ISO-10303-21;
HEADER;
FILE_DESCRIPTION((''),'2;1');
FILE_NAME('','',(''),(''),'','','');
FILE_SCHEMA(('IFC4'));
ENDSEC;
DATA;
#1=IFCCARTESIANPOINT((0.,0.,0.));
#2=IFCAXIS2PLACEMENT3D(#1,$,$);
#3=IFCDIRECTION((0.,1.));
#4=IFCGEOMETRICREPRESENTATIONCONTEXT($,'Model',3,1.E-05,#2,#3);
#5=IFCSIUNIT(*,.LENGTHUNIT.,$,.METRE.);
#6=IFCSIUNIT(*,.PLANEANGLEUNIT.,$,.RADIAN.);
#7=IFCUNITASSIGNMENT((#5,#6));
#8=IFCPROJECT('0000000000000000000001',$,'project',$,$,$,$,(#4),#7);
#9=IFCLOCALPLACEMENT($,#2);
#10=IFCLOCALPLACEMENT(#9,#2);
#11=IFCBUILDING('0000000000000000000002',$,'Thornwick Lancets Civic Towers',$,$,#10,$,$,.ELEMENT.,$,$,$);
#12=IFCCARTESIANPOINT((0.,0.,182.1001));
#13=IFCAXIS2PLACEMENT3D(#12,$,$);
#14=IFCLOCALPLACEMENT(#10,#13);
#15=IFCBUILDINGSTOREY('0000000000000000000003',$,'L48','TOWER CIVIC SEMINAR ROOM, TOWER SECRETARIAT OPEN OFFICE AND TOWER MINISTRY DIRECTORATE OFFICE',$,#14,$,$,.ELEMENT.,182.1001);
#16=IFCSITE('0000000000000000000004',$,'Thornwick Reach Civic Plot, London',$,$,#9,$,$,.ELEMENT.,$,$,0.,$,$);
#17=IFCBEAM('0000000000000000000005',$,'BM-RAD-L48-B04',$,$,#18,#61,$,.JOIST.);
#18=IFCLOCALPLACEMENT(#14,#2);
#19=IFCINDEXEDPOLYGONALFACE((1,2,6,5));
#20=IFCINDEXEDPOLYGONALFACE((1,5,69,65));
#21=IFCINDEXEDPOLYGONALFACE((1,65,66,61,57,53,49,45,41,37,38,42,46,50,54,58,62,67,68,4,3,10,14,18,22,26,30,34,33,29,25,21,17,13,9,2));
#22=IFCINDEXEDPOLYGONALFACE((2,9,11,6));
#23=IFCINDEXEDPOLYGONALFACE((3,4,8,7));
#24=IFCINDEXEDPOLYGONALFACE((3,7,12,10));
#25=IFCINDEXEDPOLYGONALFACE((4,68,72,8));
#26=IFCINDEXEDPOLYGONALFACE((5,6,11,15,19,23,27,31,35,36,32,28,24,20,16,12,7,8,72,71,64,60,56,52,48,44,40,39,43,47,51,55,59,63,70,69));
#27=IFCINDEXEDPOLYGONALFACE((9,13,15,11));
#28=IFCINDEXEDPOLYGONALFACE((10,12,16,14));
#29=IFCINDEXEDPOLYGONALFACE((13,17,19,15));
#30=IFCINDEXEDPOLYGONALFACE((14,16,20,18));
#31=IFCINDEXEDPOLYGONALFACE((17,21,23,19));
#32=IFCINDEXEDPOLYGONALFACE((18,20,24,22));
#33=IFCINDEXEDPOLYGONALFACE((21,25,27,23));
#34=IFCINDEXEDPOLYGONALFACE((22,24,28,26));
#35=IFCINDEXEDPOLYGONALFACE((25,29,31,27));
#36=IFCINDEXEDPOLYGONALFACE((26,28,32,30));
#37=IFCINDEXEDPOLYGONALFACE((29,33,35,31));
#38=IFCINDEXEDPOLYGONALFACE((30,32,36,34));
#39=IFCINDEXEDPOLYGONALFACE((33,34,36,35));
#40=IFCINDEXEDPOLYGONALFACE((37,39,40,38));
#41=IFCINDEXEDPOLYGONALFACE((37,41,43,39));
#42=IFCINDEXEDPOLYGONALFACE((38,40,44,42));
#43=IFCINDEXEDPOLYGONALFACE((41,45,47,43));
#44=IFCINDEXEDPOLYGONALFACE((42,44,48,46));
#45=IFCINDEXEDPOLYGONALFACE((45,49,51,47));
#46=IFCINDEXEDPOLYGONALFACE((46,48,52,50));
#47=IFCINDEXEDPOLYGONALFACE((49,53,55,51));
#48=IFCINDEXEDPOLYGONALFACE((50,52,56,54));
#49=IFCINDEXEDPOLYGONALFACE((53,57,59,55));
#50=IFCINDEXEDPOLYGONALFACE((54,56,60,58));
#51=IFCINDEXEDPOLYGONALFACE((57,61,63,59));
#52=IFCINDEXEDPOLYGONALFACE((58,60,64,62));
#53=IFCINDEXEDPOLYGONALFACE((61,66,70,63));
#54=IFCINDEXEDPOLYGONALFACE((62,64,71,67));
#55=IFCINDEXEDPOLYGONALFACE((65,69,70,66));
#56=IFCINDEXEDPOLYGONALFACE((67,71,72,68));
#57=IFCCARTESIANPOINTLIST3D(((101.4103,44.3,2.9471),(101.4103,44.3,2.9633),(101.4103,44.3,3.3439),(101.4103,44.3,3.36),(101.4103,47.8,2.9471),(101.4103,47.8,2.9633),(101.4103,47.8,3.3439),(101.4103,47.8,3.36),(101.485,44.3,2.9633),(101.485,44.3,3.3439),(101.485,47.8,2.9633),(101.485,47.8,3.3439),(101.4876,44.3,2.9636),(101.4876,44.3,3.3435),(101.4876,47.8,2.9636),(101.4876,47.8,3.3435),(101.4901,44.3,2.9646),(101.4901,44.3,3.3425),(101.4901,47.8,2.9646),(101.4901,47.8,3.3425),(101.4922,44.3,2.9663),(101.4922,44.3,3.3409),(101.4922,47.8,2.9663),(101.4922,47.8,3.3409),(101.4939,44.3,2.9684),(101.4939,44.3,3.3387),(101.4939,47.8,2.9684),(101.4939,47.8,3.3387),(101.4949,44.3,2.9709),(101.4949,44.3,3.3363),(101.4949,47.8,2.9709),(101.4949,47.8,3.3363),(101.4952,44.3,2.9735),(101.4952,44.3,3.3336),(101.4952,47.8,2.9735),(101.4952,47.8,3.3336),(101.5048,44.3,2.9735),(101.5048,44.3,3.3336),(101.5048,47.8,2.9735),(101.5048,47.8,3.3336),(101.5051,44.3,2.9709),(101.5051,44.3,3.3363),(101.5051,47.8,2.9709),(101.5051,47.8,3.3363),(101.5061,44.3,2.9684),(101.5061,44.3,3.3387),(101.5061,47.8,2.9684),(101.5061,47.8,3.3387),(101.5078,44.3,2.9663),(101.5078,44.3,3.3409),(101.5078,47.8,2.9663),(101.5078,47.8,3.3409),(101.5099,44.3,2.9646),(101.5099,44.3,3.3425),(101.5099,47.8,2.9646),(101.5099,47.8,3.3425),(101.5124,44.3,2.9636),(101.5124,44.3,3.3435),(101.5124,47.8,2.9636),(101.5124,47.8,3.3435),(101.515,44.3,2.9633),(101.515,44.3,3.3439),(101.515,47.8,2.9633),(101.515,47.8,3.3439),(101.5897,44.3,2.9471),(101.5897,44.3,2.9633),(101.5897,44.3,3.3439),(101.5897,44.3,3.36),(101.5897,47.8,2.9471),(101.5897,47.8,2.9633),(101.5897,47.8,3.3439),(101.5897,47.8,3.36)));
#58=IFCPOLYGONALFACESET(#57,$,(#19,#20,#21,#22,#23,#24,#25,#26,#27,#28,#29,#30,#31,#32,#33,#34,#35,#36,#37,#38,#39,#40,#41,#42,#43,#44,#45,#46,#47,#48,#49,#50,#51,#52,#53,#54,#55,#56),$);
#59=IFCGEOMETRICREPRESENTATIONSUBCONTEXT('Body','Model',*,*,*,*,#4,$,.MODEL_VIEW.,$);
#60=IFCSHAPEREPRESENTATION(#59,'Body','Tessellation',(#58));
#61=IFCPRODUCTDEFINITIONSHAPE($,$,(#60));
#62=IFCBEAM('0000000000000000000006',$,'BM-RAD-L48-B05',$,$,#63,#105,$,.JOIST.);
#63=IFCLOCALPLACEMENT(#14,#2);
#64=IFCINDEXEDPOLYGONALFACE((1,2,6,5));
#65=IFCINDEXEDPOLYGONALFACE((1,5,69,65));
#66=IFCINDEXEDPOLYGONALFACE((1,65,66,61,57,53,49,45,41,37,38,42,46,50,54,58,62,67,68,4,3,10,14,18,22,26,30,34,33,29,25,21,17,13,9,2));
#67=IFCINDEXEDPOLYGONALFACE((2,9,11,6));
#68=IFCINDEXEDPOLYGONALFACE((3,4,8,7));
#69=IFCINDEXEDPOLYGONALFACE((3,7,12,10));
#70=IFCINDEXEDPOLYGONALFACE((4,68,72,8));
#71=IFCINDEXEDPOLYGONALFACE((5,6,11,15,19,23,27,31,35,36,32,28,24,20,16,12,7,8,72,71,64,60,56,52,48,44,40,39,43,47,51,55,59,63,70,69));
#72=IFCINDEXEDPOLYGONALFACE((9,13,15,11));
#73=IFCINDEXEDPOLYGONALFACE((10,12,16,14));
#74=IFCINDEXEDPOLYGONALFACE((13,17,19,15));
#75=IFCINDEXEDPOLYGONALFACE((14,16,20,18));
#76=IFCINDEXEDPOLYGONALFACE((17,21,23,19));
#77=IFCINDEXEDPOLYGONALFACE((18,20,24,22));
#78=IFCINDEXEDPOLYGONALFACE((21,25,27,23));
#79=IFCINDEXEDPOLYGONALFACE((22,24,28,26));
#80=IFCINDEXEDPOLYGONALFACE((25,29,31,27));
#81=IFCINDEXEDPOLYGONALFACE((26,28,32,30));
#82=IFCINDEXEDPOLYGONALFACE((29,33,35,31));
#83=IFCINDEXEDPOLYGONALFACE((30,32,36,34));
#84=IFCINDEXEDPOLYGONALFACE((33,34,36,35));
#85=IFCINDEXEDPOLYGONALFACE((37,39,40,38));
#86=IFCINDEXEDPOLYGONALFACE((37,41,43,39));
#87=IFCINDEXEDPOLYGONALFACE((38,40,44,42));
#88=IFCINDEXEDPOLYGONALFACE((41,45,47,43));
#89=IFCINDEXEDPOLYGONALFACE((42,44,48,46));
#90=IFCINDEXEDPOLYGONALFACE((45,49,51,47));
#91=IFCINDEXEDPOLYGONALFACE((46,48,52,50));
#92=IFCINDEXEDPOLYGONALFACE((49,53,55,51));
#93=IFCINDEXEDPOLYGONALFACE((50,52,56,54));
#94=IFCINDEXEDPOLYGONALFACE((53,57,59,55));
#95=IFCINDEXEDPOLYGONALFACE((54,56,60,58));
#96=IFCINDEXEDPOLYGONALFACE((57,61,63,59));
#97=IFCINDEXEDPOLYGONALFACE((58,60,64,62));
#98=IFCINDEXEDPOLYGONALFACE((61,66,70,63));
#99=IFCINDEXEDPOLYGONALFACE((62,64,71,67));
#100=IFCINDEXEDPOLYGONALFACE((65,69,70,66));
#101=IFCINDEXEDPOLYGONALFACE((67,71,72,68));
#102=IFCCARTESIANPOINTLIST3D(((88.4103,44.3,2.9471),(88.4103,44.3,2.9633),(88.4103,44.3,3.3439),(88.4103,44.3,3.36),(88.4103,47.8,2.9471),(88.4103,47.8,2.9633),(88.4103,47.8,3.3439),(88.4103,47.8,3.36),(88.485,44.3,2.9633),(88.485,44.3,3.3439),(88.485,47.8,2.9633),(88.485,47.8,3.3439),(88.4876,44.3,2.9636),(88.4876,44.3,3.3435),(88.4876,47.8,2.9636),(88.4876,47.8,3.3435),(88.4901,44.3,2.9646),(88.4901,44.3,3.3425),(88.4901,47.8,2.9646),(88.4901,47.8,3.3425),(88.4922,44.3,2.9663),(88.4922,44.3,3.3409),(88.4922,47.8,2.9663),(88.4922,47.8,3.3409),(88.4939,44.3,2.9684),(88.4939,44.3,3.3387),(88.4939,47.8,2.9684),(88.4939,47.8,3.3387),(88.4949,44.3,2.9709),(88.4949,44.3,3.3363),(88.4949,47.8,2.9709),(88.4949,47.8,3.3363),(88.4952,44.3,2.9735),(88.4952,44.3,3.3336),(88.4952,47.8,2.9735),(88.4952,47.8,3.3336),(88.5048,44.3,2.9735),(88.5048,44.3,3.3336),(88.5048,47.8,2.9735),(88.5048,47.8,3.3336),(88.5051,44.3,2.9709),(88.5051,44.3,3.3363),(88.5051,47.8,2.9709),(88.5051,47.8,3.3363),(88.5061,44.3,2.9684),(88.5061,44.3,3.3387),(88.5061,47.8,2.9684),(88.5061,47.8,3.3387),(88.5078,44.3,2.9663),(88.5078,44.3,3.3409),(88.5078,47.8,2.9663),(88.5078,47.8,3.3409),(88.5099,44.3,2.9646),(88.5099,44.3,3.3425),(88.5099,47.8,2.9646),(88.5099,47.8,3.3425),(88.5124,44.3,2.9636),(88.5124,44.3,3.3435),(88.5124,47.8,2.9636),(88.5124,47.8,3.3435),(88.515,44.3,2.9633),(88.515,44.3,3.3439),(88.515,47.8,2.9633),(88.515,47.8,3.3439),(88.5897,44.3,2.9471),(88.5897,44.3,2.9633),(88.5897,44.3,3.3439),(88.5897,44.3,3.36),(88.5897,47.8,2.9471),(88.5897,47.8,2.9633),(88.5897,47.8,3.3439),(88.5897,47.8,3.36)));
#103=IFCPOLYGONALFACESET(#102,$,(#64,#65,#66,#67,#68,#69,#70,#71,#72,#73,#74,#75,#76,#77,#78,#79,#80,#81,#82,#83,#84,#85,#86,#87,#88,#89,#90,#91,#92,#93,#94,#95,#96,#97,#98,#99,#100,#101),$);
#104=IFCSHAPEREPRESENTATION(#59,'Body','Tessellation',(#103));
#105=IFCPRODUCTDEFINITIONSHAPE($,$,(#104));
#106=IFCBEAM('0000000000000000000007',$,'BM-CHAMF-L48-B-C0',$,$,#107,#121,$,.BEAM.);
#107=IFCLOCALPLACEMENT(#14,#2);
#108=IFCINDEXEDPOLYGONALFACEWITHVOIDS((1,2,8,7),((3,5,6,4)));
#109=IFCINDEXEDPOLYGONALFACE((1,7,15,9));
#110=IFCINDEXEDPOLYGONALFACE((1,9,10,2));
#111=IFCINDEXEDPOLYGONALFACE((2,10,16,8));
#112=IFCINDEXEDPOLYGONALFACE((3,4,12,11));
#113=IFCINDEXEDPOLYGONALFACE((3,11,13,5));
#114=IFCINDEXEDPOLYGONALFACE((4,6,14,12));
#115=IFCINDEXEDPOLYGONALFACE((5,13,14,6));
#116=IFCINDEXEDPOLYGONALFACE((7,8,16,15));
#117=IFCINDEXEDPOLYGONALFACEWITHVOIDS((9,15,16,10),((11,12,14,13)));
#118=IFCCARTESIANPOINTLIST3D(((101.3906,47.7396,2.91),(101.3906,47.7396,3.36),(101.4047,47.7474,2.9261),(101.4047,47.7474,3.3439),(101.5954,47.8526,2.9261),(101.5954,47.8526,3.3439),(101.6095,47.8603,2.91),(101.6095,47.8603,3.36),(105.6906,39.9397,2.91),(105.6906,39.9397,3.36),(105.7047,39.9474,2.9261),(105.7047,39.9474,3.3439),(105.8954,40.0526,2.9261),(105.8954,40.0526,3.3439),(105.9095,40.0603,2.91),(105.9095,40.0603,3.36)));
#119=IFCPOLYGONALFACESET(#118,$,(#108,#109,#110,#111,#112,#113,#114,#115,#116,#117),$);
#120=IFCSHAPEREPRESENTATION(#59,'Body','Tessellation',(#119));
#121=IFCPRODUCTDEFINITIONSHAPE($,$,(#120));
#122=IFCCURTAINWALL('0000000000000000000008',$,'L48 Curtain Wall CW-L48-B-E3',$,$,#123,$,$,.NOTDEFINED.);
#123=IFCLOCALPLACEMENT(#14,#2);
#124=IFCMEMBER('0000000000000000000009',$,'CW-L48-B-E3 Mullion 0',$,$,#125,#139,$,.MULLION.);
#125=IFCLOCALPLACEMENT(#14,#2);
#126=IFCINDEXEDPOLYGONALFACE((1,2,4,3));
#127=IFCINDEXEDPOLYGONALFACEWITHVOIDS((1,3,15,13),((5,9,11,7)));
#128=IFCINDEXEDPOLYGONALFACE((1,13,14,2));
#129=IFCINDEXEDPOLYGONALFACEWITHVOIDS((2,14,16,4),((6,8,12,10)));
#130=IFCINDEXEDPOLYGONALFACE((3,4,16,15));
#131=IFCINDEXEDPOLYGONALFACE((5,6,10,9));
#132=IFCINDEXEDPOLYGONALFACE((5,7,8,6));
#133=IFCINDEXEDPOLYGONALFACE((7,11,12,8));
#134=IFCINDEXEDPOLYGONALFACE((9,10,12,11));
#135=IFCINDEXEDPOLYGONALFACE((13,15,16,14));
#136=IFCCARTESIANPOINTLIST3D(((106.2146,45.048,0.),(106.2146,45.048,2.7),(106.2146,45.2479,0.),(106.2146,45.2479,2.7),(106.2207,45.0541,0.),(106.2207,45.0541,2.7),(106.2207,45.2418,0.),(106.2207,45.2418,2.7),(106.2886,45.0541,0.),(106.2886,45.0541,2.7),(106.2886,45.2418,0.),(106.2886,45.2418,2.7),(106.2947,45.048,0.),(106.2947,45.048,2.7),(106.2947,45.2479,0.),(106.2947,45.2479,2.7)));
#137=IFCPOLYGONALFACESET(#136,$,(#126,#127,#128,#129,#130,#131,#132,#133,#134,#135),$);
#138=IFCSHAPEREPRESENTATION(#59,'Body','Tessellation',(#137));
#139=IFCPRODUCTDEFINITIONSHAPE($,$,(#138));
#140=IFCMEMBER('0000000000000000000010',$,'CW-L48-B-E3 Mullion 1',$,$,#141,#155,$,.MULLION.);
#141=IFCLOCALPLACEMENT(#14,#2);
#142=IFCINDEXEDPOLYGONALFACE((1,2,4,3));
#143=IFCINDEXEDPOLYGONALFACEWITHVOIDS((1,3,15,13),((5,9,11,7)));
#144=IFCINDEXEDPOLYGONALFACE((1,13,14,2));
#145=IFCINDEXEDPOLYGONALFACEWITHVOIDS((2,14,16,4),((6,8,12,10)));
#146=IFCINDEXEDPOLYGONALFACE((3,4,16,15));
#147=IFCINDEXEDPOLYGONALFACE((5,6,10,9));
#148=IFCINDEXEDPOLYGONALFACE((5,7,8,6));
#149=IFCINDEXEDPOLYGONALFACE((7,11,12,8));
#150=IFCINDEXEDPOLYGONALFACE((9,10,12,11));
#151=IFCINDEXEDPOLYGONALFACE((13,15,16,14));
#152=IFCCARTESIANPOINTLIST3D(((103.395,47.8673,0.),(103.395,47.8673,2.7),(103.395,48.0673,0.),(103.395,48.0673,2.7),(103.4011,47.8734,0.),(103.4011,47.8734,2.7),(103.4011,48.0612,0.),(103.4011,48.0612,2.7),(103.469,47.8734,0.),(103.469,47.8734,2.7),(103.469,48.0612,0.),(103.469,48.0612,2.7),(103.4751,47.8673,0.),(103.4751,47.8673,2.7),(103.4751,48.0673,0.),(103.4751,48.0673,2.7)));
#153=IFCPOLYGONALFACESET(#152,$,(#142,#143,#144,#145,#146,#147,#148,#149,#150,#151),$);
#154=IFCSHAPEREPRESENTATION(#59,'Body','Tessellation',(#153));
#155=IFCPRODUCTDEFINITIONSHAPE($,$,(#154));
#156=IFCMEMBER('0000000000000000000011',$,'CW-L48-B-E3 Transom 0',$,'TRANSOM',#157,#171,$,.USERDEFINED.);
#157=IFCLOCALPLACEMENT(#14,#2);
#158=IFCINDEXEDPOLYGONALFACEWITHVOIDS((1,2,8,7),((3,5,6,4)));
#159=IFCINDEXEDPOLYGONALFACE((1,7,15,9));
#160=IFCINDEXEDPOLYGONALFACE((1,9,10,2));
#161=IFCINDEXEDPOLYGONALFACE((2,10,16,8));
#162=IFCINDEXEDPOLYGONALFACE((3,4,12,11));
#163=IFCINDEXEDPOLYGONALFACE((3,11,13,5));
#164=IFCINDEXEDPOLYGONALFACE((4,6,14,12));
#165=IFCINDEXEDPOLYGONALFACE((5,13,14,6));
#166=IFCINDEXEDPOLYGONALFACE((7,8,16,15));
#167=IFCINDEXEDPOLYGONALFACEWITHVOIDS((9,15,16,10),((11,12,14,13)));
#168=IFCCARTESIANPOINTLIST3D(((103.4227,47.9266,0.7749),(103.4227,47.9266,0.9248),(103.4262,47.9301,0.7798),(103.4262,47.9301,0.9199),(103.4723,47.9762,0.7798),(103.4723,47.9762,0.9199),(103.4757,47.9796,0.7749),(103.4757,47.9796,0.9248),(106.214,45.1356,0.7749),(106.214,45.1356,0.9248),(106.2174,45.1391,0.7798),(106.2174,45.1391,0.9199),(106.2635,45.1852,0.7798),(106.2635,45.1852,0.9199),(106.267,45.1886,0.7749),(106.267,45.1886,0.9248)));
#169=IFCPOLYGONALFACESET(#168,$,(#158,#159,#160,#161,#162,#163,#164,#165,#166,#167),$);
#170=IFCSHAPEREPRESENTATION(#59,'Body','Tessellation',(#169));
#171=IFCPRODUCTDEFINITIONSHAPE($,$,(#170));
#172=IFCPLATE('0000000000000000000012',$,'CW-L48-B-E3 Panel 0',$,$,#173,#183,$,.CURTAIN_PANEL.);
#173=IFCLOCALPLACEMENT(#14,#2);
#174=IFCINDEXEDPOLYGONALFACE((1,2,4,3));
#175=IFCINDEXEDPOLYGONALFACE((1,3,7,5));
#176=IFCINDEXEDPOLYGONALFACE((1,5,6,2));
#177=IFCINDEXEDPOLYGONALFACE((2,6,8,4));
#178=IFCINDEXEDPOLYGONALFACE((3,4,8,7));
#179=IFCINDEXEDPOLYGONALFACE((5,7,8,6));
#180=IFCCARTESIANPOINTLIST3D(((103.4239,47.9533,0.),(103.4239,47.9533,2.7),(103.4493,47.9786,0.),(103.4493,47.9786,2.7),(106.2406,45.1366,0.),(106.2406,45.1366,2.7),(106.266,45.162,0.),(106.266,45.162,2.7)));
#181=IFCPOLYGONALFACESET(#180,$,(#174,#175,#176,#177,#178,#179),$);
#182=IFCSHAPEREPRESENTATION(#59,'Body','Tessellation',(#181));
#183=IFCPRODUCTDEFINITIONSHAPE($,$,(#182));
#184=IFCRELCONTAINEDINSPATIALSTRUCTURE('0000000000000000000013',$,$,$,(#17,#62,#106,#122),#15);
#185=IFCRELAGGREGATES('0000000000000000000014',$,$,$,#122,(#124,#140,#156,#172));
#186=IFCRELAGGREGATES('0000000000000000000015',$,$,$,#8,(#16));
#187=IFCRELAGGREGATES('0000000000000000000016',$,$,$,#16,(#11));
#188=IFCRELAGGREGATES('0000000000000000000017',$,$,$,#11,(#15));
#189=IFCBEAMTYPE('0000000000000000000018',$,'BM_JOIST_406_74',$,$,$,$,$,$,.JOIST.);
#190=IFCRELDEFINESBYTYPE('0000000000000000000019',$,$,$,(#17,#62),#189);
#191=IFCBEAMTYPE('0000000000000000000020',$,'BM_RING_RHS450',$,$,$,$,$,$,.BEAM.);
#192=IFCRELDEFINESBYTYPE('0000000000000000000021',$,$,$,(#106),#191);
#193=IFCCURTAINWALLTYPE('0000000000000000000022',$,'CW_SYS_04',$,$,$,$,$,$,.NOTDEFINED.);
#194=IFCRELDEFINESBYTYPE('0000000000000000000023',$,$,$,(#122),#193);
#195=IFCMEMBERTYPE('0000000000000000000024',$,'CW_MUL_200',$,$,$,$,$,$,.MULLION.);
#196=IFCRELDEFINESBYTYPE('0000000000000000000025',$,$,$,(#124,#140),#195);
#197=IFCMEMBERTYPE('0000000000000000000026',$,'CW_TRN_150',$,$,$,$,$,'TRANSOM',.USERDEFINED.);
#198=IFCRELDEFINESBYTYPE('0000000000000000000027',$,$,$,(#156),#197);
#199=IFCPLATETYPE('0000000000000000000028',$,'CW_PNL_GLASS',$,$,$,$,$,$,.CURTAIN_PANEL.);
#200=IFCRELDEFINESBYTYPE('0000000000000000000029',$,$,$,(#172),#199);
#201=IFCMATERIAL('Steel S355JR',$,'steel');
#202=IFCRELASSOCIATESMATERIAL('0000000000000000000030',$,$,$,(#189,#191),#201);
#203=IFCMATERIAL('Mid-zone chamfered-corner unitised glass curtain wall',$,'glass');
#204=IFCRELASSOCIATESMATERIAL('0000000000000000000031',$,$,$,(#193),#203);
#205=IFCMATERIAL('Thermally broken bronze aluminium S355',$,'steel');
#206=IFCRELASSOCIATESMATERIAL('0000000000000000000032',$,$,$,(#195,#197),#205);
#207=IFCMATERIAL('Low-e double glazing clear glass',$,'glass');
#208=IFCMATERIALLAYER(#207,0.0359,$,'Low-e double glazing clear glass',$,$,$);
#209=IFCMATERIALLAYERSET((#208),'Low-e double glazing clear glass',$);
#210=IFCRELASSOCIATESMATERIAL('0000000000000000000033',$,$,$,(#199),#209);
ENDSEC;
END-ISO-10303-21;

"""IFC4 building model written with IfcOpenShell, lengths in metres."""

from ifc_helpers import new_model, si_unit, direction, frame, origin, origin_2d, place, context, subcontext, project, spatial, rectangle, hollow_rectangle, i_section, extrude, material, layer, layer_set, material_profile, profile_set, type_object, element, aggregate, save


model = new_model("IFC4")

# Units and contexts
model_context = context("Model", 3, precision=1e-05, world=origin(), true_north=direction((0.0, 1.0)))
body_context = subcontext(model_context, "Body", "Model", "MODEL_VIEW")
ifc_project = project(units=[si_unit("LENGTHUNIT", "METRE"), si_unit("PLANEANGLEUNIT", "RADIAN")], contexts=[model_context])

# Site, building, storey
site_placement = place(None, origin())
site = spatial("IfcSite", under=ifc_project, at=site_placement, Name="Thornwick Reach Civic Plot, London", CompositionType="ELEMENT", RefElevation=0.0)
building_placement = place(site_placement, origin())
building = spatial("IfcBuilding", under=site, at=building_placement, Name="Thornwick Lancets Civic Towers", CompositionType="ELEMENT")
storey_placement = place(building_placement, frame((0.0, 0.0, 182.1001)))
storey = spatial("IfcBuildingStorey", under=building, at=storey_placement, Name="L48", Description="TOWER CIVIC SEMINAR ROOM, TOWER SECRETARIAT OPEN OFFICE AND TOWER MINISTRY DIRECTORATE OFFICE", CompositionType="ELEMENT", Elevation=182.1001)

# Beams
ifc_material_1 = material(Name="Steel S355JR", Category="steel")
ifc_material_profile_1 = material_profile(ifc_material_1, i_section(OverallWidth=0.1794, OverallDepth=0.4128, WebThickness=0.0095, FlangeThickness=0.0161, FilletRadius=0.0103, at=origin_2d()), Name="UKB 406x178x74")
ifc_profile_set_1 = profile_set([ifc_material_profile_1], Name="Steel S355JR")
beam_type_1 = type_object("IfcBeamType", Name="BM_JOIST_406_74", PredefinedType="JOIST", material=ifc_profile_set_1)
for number, where, z_axis, x_axis, name in (
    (1, (101.5, 44.3, 3.1536), (0.0, 1.0, 0.0), (-1.0, 0.0, 0.0), "BM-RAD-L48-B04"),
    (2, (88.5, 44.3, 3.1536), (0.0, 1.0, 0.0), (-1.0, 0.0, 0.0), "BM-RAD-L48-B05"),
):
    element("IfcBeam", number, at=place(storey_placement, frame(where, z_axis=z_axis, x_axis=x_axis)), inside=storey, type_object=beam_type_1, Name=name, PredefinedType="JOIST", context=body_context, shape_type="SweptSolid", body=[
        extrude(i_section(OverallWidth=0.1794, OverallDepth=0.4128, WebThickness=0.0095, FlangeThickness=0.0161, FilletRadius=0.0103, at=origin_2d()), origin(), (0.0, 0.0, 1.0), 3.5),
    ])
ifc_material_profile_2 = material_profile(ifc_material_1, hollow_rectangle(XDim=0.25, YDim=0.45, WallThickness=0.0161, at=origin_2d()), Name="RHS 450x250x16")
ifc_profile_set_2 = profile_set([ifc_material_profile_2], Name="Steel S355JR")
beam_type_2 = type_object("IfcBeamType", Name="BM_RING_RHS450", PredefinedType="BEAM", material=ifc_profile_set_2)
beam_1_placement = place(storey_placement, frame((105.8, 40.0, 3.135), z_axis=(-0.482782, 0.87574, 0.0), x_axis=(-0.87574, -0.482782, 0.0)))
element("IfcBeam", 3, at=beam_1_placement, inside=storey, type_object=beam_type_2, Name="BM-CHAMF-L48-B-C0", PredefinedType="BEAM", context=body_context, shape_type="SweptSolid", body=[
    extrude(hollow_rectangle(XDim=0.25, YDim=0.45, WallThickness=0.0161, at=origin_2d()), origin(), (0.0, 0.0, 1.0), 8.9067),
])

# Curtain wall, members, plate
ifc_material_2 = material(Name="Mid-zone chamfered-corner unitised glass curtain wall", Category="glass")
curtain_wall_type = type_object("IfcCurtainWallType", Name="CW_SYS_04", PredefinedType="NOTDEFINED", material=ifc_material_2)
curtain_wall_placement = place(storey_placement, origin())
curtain_wall = element("IfcCurtainWall", 4, at=curtain_wall_placement, inside=storey, type_object=curtain_wall_type, Name="L48 Curtain Wall CW-L48-B-E3", PredefinedType="NOTDEFINED")
ifc_material_3 = material(Name="Thermally broken bronze aluminium S355", Category="steel")
ifc_material_profile_3 = material_profile(ifc_material_3, hollow_rectangle(XDim=0.0801, YDim=0.2, WallThickness=0.0061, at=origin_2d()), Name="RHS 200x80x6")
ifc_profile_set_3 = profile_set([ifc_material_profile_3], Name="Thermally broken bronze aluminium S355")
member_type_1 = type_object("IfcMemberType", Name="CW_MUL_200", PredefinedType="MULLION", material=ifc_profile_set_3)
member_1_placement = place(storey_placement, frame((106.2546, 45.1479, 0.0), z_axis=(0.0, 0.0, 1.0), x_axis=(1.0, 0.0, 0.0)))
member_1 = element("IfcMember", 5, at=member_1_placement, type_object=member_type_1, Name="CW-L48-B-E3 Mullion 0", PredefinedType="MULLION", context=body_context, shape_type="SweptSolid", body=[
    extrude(hollow_rectangle(XDim=0.0801, YDim=0.2, WallThickness=0.0061, at=origin_2d()), origin(), (0.0, 0.0, 1.0), 2.7),
])
member_2_placement = place(storey_placement, frame((103.4351, 47.9673, 0.0), z_axis=(0.0, 0.0, 1.0), x_axis=(1.0, 0.0, 0.0)))
member_2 = element("IfcMember", 6, at=member_2_placement, type_object=member_type_1, Name="CW-L48-B-E3 Mullion 1", PredefinedType="MULLION", context=body_context, shape_type="SweptSolid", body=[
    extrude(hollow_rectangle(XDim=0.0801, YDim=0.2, WallThickness=0.0061, at=origin_2d()), origin(), (0.0, 0.0, 1.0), 2.7),
])
ifc_material_profile_4 = material_profile(ifc_material_3, hollow_rectangle(XDim=0.075, YDim=0.1499, WallThickness=0.0049, at=origin_2d()), Name="RHS 150x75x5")
ifc_profile_set_4 = profile_set([ifc_material_profile_4], Name="Thermally broken bronze aluminium S355")
member_type_2 = type_object("IfcMemberType", Name="CW_TRN_150", ElementType="TRANSOM", PredefinedType="USERDEFINED", material=ifc_profile_set_4)
member_3_placement = place(storey_placement, frame((106.2405, 45.1621, 0.8499), z_axis=(-0.707138, 0.707076, 0.0), x_axis=(-0.707076, -0.707138, 0.0)))
member_3 = element("IfcMember", 7, at=member_3_placement, type_object=member_type_2, Name="CW-L48-B-E3 Transom 0", ObjectType="TRANSOM", PredefinedType="USERDEFINED", context=body_context, shape_type="SweptSolid", body=[
    extrude(hollow_rectangle(XDim=0.075, YDim=0.1499, WallThickness=0.0049, at=origin_2d()), origin(), (0.0, 0.0, 1.0), 3.9473),
])
ifc_material_4 = material(Name="Low-e double glazing clear glass", Category="glass")
ifc_layer_1 = layer(ifc_material_4, 0.0359, Name="Low-e double glazing clear glass")
ifc_layer_set_1 = layer_set([ifc_layer_1], Name="Low-e double glazing clear glass")
plate_type = type_object("IfcPlateType", Name="CW_PNL_GLASS", PredefinedType="CURTAIN_PANEL", material=ifc_layer_set_1)
plate_placement = place(storey_placement, frame((104.845, 46.5576, 0.0), z_axis=(0.0, 0.0, 1.0), x_axis=(-0.707107, 0.707107, 0.0)))
plate = element("IfcPlate", 8, at=plate_placement, type_object=plate_type, Name="CW-L48-B-E3 Panel 0", PredefinedType="CURTAIN_PANEL", context=body_context, shape_type="SweptSolid", body=[
    extrude(rectangle(XDim=3.9834, YDim=0.0359, at=origin_2d()), origin(), (0.0, 0.0, 1.0), 2.7),
])
aggregate(curtain_wall, [member_1, member_2, member_3, plate])

save(model, "model.ifc")
